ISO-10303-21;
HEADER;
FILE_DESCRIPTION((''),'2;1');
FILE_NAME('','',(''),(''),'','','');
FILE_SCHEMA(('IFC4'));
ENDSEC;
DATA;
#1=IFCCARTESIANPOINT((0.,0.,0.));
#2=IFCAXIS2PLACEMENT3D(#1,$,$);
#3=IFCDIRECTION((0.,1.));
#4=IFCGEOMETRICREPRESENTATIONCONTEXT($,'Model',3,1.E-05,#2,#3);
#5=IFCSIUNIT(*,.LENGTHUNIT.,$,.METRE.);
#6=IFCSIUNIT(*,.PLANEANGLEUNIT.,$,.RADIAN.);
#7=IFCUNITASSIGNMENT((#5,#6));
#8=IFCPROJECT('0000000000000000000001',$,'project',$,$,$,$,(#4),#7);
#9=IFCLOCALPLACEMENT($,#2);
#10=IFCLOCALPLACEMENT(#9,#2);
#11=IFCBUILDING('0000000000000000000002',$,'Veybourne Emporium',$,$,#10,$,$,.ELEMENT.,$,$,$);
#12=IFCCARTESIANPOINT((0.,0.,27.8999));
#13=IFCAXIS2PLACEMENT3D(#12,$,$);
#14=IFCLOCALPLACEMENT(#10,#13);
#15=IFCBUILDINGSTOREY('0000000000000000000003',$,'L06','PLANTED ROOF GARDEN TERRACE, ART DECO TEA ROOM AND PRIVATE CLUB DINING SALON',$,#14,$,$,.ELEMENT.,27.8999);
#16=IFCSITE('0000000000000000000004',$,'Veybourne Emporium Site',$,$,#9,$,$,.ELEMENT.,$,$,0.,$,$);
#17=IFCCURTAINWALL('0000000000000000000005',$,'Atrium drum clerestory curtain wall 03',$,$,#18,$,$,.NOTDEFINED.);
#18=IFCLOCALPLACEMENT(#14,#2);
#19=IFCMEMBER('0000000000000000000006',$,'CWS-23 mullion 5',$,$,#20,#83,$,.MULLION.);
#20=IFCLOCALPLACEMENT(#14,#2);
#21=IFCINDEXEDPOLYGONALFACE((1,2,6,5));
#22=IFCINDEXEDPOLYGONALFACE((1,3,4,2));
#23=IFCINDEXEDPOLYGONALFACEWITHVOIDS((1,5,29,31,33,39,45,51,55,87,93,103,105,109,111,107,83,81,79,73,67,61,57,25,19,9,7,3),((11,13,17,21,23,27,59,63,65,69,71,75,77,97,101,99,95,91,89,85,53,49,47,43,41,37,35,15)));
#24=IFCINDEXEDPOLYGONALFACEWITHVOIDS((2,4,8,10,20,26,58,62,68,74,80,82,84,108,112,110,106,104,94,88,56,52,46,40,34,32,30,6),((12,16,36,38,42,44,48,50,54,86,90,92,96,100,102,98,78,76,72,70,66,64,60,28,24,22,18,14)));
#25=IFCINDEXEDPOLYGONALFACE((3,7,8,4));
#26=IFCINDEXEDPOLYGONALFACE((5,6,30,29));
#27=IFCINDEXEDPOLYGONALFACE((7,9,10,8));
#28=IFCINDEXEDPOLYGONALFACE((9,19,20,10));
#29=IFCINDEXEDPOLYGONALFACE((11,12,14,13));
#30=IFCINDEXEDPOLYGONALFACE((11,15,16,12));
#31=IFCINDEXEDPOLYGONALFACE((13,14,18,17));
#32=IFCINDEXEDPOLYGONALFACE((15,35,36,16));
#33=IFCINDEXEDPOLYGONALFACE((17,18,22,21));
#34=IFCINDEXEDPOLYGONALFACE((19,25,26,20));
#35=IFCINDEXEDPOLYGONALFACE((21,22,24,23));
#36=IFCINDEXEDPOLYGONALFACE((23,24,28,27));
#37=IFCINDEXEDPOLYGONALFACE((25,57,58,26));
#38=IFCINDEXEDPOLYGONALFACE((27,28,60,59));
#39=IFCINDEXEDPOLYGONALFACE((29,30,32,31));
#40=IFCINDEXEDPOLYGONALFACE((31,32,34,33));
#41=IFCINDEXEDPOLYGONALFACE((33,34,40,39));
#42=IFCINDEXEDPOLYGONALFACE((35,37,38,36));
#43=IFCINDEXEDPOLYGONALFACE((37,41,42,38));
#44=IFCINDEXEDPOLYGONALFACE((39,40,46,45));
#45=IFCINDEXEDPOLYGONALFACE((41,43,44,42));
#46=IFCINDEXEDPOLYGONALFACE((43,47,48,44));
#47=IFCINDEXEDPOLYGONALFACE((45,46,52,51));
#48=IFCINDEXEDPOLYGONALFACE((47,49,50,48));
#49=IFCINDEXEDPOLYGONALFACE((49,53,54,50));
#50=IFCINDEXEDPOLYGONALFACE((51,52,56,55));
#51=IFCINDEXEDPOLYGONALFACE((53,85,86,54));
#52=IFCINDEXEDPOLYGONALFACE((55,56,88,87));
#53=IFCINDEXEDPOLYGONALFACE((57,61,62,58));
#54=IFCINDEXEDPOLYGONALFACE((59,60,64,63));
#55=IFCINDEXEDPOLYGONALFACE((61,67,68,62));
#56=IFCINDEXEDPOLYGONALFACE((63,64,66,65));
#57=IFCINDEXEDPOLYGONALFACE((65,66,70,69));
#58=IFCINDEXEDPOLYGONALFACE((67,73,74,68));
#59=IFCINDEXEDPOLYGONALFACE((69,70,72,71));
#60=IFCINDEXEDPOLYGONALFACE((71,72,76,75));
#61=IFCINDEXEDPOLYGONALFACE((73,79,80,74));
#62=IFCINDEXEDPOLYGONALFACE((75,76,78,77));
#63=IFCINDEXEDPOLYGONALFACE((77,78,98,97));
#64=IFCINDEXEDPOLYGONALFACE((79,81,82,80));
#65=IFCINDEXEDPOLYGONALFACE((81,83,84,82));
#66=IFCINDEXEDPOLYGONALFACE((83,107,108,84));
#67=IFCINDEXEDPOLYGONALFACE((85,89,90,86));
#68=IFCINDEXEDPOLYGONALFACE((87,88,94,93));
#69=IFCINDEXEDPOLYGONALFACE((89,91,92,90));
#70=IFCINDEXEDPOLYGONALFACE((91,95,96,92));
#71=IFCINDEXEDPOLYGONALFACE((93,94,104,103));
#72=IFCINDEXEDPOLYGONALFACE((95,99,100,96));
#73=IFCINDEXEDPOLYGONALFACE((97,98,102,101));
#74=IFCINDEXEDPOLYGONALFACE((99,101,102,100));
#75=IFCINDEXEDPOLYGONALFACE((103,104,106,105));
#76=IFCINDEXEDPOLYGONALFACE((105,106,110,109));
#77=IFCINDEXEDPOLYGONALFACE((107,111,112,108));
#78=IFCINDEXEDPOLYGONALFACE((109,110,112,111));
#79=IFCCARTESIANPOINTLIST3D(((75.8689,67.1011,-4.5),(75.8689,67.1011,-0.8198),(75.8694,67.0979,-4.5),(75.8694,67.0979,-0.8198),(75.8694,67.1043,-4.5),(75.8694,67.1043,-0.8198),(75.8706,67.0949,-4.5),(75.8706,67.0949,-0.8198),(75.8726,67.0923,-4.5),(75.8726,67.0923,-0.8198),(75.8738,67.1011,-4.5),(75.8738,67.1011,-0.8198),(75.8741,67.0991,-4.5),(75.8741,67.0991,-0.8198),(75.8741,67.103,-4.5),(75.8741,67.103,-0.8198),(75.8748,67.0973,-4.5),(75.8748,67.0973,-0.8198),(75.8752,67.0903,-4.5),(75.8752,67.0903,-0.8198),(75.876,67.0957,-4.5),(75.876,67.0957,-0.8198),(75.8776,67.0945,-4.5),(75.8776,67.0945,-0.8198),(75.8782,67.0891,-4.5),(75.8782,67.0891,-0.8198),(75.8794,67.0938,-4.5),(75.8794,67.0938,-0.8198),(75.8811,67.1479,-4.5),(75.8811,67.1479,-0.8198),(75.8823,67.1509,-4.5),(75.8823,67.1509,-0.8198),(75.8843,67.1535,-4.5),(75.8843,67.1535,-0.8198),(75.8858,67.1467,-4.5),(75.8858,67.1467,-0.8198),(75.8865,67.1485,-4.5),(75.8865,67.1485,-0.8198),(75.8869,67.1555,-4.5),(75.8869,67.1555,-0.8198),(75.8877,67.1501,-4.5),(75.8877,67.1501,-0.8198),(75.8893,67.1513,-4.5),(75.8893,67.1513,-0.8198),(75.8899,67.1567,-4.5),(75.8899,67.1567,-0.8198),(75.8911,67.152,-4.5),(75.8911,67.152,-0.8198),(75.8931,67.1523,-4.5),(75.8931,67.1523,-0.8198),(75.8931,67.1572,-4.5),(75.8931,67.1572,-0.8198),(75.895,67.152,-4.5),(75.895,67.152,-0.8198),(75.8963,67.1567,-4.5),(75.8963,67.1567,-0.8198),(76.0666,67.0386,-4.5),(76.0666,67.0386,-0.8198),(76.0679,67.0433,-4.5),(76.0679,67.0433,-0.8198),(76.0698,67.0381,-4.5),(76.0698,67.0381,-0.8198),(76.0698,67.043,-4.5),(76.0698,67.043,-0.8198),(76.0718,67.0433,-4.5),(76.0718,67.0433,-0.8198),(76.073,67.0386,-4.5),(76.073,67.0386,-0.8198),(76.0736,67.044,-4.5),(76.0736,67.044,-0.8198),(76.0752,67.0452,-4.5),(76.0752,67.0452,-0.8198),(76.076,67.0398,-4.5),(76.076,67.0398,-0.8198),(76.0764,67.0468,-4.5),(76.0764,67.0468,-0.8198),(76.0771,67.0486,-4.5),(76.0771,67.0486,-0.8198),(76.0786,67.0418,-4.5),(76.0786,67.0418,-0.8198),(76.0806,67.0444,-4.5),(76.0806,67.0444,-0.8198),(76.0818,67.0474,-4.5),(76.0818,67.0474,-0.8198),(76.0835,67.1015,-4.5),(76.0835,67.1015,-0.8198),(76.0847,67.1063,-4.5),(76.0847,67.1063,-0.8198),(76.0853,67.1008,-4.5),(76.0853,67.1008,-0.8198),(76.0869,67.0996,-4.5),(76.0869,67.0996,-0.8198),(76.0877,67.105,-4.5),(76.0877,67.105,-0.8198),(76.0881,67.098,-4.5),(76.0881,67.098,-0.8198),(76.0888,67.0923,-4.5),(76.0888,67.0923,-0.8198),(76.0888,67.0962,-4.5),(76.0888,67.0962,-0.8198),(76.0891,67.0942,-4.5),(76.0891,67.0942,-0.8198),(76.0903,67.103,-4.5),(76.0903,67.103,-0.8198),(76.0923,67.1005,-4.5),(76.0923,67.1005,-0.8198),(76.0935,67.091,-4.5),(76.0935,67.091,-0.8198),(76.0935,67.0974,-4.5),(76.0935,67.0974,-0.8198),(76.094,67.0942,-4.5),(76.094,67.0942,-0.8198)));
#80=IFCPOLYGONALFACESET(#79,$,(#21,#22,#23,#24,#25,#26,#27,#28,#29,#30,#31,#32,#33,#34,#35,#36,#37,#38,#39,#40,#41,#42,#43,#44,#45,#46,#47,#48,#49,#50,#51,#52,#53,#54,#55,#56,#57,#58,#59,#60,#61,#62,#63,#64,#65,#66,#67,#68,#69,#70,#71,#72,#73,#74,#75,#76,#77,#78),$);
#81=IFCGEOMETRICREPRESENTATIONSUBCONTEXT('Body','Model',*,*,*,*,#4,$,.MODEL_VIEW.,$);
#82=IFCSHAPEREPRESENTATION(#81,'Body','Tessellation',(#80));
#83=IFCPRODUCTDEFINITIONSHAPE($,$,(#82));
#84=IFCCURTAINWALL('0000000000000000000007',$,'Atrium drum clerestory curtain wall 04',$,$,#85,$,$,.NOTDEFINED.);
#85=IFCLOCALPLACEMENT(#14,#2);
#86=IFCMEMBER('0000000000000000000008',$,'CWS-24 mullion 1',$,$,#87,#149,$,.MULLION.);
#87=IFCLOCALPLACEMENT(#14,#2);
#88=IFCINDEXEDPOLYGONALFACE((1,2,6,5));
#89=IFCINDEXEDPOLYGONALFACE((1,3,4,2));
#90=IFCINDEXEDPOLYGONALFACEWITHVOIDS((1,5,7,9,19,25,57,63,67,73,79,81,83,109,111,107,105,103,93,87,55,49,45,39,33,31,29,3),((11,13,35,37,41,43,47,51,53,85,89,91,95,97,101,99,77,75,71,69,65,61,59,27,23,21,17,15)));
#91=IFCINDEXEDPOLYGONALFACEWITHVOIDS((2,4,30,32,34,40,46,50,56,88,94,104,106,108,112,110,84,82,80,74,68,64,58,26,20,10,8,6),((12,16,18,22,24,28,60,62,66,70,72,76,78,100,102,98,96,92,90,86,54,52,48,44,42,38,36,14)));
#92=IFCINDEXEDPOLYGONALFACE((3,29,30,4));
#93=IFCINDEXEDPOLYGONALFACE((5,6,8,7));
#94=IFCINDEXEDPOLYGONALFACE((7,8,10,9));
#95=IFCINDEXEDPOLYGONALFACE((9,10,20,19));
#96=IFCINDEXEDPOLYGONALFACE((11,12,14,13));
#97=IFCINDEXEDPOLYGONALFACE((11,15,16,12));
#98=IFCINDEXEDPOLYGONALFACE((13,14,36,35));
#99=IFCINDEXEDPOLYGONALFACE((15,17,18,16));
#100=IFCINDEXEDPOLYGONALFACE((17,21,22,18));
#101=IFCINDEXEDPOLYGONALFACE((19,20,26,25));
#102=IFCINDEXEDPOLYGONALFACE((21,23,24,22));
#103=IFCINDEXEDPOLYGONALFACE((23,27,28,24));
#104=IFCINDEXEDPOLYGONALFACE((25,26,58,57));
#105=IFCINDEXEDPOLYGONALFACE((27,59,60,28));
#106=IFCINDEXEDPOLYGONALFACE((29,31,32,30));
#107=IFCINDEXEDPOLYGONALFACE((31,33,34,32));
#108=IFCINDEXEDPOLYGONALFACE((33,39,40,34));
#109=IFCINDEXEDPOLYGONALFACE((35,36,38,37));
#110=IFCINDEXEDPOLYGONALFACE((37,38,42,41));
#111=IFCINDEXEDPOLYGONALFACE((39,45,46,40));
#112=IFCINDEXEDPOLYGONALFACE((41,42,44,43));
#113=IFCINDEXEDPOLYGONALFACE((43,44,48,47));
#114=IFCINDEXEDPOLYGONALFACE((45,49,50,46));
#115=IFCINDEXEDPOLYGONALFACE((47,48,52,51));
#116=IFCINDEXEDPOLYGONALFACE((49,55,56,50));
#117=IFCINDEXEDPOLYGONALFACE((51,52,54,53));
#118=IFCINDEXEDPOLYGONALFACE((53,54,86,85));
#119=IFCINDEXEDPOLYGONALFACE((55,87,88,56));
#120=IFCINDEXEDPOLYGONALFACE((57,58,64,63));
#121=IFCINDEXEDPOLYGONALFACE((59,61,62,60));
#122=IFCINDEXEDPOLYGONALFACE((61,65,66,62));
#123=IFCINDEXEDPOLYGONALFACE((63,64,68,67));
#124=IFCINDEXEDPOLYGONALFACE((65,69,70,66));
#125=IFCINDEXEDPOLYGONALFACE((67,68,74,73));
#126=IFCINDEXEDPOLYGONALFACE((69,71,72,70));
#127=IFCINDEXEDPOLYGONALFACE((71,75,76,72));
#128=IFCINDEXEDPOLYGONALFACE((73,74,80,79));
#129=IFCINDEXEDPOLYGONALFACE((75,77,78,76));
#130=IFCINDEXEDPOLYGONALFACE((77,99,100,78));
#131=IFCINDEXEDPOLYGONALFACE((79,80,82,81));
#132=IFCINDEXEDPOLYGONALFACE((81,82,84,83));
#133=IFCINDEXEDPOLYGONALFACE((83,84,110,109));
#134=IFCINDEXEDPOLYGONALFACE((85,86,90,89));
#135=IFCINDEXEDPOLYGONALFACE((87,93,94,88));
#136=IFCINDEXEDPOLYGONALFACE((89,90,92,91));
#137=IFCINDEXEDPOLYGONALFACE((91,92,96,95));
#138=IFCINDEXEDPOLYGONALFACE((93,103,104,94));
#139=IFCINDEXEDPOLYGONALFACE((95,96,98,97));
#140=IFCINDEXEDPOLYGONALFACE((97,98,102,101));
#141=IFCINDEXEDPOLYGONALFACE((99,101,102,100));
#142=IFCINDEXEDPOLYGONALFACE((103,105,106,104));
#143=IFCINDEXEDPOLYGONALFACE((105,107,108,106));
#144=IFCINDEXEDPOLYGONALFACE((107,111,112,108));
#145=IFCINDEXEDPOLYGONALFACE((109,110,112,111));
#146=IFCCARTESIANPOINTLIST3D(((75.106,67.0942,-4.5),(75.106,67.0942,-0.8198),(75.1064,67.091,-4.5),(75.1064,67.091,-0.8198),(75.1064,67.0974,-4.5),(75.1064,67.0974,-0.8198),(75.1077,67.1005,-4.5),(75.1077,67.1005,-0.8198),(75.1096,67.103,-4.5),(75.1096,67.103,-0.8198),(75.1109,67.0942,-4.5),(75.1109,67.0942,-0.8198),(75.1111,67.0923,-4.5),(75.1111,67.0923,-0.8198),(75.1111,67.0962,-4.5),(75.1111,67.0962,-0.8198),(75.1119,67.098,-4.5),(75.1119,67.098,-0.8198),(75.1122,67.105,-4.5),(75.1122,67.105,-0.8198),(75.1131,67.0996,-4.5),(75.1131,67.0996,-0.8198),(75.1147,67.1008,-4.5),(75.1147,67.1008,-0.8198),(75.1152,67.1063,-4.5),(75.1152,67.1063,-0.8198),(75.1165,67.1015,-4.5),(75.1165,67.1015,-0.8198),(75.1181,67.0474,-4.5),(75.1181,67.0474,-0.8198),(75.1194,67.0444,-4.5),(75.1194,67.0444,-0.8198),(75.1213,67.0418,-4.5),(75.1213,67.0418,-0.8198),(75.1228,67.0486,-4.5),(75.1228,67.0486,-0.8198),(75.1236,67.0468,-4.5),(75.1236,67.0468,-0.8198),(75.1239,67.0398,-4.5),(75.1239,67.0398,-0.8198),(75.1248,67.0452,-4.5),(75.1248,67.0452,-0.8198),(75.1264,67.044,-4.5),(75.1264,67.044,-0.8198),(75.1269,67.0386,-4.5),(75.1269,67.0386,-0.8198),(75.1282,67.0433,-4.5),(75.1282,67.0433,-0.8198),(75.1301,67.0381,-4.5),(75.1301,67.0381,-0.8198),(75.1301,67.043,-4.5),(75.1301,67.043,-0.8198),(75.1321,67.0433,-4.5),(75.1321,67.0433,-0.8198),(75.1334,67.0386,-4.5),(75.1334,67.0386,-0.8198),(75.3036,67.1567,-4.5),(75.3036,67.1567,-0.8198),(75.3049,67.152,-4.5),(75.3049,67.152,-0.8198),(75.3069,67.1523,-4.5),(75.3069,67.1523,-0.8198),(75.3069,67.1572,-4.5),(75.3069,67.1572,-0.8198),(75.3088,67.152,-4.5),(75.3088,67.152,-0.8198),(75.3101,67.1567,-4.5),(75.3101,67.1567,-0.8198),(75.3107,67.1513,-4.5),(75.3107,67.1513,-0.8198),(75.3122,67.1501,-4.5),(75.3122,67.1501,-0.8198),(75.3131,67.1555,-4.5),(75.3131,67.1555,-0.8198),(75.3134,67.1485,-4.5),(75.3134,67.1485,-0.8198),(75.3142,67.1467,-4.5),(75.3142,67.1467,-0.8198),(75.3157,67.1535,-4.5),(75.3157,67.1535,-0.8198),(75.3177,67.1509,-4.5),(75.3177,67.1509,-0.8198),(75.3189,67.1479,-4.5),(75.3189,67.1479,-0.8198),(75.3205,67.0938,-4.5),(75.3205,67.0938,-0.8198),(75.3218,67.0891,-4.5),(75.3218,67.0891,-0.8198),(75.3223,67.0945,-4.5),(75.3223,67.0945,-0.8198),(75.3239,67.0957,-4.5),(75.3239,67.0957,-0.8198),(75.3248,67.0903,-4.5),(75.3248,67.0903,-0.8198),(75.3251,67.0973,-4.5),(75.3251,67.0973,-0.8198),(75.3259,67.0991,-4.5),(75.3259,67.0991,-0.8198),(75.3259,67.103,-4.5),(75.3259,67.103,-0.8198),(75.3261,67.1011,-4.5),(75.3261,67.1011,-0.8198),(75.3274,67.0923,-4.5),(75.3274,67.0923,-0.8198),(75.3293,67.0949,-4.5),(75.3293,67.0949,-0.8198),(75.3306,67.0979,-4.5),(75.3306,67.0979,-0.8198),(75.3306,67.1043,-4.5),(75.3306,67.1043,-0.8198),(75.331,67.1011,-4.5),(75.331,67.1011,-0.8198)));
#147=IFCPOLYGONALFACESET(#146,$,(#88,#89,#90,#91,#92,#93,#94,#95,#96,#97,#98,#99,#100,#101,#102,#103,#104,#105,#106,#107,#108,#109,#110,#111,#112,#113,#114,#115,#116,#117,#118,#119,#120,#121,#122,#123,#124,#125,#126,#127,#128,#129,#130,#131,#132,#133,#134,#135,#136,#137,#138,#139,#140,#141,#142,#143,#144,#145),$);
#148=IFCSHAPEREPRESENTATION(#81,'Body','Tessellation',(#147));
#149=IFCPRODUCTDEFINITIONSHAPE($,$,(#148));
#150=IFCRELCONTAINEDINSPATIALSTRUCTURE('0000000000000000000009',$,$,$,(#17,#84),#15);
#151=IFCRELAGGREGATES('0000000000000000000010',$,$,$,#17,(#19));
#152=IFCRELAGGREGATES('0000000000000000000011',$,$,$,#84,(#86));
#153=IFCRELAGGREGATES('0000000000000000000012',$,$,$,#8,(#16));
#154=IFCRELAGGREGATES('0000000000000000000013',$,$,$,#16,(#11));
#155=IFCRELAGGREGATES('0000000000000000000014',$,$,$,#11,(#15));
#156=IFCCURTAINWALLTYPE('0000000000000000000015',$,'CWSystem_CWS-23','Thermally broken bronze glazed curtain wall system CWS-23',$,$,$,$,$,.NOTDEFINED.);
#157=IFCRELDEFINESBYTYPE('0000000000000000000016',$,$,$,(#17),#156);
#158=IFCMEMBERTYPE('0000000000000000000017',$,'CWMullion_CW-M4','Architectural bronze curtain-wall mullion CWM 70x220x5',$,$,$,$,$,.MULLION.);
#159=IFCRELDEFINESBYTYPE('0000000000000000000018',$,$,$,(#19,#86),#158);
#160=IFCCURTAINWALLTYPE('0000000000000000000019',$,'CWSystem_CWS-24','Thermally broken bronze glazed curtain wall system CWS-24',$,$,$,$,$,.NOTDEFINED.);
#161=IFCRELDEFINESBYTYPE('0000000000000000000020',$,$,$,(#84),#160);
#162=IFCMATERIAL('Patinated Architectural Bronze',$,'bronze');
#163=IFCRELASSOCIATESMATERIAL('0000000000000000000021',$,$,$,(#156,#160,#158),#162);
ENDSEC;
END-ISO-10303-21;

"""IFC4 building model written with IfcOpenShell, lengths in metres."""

from ifc_helpers import new_model, si_unit, direction, frame, origin, origin_2d, place, context, subcontext, project, spatial, hollow_rectangle, extrude, material, material_profile, profile_set, type_object, element, aggregate, save


model = new_model("IFC4")

# Units and contexts
model_context = context("Model", 3, precision=1e-05, world=origin(), true_north=direction((0.0, 1.0)))
body_context = subcontext(model_context, "Body", "Model", "MODEL_VIEW")
ifc_project = project(units=[si_unit("LENGTHUNIT", "METRE"), si_unit("PLANEANGLEUNIT", "RADIAN")], contexts=[model_context])

# Site, building, storey
site_placement = place(None, origin())
site = spatial("IfcSite", under=ifc_project, at=site_placement, Name="Veybourne Emporium Site", CompositionType="ELEMENT", RefElevation=0.0)
building_placement = place(site_placement, origin())
building = spatial("IfcBuilding", under=site, at=building_placement, Name="Veybourne Emporium", CompositionType="ELEMENT")
storey_placement = place(building_placement, frame((0.0, 0.0, 27.8999)))
storey = spatial("IfcBuildingStorey", under=building, at=storey_placement, Name="L06", Description="PLANTED ROOF GARDEN TERRACE, ART DECO TEA ROOM AND PRIVATE CLUB DINING SALON", CompositionType="ELEMENT", Elevation=27.8999)

# Curtain walls, members
ifc_material_1 = material(Name="Patinated Architectural Bronze", Category="bronze")
curtain_wall_type_1 = type_object("IfcCurtainWallType", Name="CWSystem_CWS-23", Description="Thermally broken bronze glazed curtain wall system CWS-23", PredefinedType="NOTDEFINED", material=ifc_material_1)
curtain_wall_1_placement = place(storey_placement, origin())
curtain_wall_1 = element("IfcCurtainWall", 1, at=curtain_wall_1_placement, inside=storey, type_object=curtain_wall_type_1, Name="Atrium drum clerestory curtain wall 03", PredefinedType="NOTDEFINED")
ifc_material_profile_1 = material_profile(ifc_material_1, hollow_rectangle(XDim=0.0701, YDim=0.22, WallThickness=0.0049, InnerFilletRadius=0.0076, OuterFilletRadius=0.0125, at=origin_2d()), Name="CWM 70x220x5")
ifc_profile_set_1 = profile_set([ifc_material_profile_1], Name="Patinated Architectural Bronze")
member_type_1 = type_object("IfcMemberType", Name="CWMullion_CW-M4", Description="Architectural bronze curtain-wall mullion CWM 70x220x5", PredefinedType="MULLION", material=ifc_profile_set_1)
member_1_placement = place(storey_placement, frame((75.9814, 67.0977, -4.5), z_axis=(0.0, 0.0, 1.0), x_axis=(-0.25882, -0.965926, 0.0)))
member_1 = element("IfcMember", 2, at=member_1_placement, type_object=member_type_1, Name="CWS-23 mullion 5", PredefinedType="MULLION", context=body_context, shape_type="SweptSolid", body=[
    extrude(hollow_rectangle(XDim=0.0701, YDim=0.22, WallThickness=0.0049, InnerFilletRadius=0.0076, OuterFilletRadius=0.0125, at=origin_2d()), origin(), (0.0, 0.0, 1.0), 3.6802),
])
curtain_wall_type_2 = type_object("IfcCurtainWallType", Name="CWSystem_CWS-24", Description="Thermally broken bronze glazed curtain wall system CWS-24", PredefinedType="NOTDEFINED", material=ifc_material_1)
curtain_wall_2_placement = place(storey_placement, origin())
curtain_wall_2 = element("IfcCurtainWall", 3, at=curtain_wall_2_placement, inside=storey, type_object=curtain_wall_type_2, Name="Atrium drum clerestory curtain wall 04", PredefinedType="NOTDEFINED")
member_2_placement = place(storey_placement, frame((75.2185, 67.0977, -4.5), z_axis=(0.0, 0.0, 1.0), x_axis=(0.25882, -0.965926, 0.0)))
member_2 = element("IfcMember", 4, at=member_2_placement, type_object=member_type_1, Name="CWS-24 mullion 1", PredefinedType="MULLION", context=body_context, shape_type="SweptSolid", body=[
    extrude(hollow_rectangle(XDim=0.0701, YDim=0.22, WallThickness=0.0049, InnerFilletRadius=0.0076, OuterFilletRadius=0.0125, at=origin_2d()), origin(), (0.0, 0.0, 1.0), 3.6802),
])

aggregate(curtain_wall_1, [member_1])
aggregate(curtain_wall_2, [member_2])

save(model, "model.ifc")
